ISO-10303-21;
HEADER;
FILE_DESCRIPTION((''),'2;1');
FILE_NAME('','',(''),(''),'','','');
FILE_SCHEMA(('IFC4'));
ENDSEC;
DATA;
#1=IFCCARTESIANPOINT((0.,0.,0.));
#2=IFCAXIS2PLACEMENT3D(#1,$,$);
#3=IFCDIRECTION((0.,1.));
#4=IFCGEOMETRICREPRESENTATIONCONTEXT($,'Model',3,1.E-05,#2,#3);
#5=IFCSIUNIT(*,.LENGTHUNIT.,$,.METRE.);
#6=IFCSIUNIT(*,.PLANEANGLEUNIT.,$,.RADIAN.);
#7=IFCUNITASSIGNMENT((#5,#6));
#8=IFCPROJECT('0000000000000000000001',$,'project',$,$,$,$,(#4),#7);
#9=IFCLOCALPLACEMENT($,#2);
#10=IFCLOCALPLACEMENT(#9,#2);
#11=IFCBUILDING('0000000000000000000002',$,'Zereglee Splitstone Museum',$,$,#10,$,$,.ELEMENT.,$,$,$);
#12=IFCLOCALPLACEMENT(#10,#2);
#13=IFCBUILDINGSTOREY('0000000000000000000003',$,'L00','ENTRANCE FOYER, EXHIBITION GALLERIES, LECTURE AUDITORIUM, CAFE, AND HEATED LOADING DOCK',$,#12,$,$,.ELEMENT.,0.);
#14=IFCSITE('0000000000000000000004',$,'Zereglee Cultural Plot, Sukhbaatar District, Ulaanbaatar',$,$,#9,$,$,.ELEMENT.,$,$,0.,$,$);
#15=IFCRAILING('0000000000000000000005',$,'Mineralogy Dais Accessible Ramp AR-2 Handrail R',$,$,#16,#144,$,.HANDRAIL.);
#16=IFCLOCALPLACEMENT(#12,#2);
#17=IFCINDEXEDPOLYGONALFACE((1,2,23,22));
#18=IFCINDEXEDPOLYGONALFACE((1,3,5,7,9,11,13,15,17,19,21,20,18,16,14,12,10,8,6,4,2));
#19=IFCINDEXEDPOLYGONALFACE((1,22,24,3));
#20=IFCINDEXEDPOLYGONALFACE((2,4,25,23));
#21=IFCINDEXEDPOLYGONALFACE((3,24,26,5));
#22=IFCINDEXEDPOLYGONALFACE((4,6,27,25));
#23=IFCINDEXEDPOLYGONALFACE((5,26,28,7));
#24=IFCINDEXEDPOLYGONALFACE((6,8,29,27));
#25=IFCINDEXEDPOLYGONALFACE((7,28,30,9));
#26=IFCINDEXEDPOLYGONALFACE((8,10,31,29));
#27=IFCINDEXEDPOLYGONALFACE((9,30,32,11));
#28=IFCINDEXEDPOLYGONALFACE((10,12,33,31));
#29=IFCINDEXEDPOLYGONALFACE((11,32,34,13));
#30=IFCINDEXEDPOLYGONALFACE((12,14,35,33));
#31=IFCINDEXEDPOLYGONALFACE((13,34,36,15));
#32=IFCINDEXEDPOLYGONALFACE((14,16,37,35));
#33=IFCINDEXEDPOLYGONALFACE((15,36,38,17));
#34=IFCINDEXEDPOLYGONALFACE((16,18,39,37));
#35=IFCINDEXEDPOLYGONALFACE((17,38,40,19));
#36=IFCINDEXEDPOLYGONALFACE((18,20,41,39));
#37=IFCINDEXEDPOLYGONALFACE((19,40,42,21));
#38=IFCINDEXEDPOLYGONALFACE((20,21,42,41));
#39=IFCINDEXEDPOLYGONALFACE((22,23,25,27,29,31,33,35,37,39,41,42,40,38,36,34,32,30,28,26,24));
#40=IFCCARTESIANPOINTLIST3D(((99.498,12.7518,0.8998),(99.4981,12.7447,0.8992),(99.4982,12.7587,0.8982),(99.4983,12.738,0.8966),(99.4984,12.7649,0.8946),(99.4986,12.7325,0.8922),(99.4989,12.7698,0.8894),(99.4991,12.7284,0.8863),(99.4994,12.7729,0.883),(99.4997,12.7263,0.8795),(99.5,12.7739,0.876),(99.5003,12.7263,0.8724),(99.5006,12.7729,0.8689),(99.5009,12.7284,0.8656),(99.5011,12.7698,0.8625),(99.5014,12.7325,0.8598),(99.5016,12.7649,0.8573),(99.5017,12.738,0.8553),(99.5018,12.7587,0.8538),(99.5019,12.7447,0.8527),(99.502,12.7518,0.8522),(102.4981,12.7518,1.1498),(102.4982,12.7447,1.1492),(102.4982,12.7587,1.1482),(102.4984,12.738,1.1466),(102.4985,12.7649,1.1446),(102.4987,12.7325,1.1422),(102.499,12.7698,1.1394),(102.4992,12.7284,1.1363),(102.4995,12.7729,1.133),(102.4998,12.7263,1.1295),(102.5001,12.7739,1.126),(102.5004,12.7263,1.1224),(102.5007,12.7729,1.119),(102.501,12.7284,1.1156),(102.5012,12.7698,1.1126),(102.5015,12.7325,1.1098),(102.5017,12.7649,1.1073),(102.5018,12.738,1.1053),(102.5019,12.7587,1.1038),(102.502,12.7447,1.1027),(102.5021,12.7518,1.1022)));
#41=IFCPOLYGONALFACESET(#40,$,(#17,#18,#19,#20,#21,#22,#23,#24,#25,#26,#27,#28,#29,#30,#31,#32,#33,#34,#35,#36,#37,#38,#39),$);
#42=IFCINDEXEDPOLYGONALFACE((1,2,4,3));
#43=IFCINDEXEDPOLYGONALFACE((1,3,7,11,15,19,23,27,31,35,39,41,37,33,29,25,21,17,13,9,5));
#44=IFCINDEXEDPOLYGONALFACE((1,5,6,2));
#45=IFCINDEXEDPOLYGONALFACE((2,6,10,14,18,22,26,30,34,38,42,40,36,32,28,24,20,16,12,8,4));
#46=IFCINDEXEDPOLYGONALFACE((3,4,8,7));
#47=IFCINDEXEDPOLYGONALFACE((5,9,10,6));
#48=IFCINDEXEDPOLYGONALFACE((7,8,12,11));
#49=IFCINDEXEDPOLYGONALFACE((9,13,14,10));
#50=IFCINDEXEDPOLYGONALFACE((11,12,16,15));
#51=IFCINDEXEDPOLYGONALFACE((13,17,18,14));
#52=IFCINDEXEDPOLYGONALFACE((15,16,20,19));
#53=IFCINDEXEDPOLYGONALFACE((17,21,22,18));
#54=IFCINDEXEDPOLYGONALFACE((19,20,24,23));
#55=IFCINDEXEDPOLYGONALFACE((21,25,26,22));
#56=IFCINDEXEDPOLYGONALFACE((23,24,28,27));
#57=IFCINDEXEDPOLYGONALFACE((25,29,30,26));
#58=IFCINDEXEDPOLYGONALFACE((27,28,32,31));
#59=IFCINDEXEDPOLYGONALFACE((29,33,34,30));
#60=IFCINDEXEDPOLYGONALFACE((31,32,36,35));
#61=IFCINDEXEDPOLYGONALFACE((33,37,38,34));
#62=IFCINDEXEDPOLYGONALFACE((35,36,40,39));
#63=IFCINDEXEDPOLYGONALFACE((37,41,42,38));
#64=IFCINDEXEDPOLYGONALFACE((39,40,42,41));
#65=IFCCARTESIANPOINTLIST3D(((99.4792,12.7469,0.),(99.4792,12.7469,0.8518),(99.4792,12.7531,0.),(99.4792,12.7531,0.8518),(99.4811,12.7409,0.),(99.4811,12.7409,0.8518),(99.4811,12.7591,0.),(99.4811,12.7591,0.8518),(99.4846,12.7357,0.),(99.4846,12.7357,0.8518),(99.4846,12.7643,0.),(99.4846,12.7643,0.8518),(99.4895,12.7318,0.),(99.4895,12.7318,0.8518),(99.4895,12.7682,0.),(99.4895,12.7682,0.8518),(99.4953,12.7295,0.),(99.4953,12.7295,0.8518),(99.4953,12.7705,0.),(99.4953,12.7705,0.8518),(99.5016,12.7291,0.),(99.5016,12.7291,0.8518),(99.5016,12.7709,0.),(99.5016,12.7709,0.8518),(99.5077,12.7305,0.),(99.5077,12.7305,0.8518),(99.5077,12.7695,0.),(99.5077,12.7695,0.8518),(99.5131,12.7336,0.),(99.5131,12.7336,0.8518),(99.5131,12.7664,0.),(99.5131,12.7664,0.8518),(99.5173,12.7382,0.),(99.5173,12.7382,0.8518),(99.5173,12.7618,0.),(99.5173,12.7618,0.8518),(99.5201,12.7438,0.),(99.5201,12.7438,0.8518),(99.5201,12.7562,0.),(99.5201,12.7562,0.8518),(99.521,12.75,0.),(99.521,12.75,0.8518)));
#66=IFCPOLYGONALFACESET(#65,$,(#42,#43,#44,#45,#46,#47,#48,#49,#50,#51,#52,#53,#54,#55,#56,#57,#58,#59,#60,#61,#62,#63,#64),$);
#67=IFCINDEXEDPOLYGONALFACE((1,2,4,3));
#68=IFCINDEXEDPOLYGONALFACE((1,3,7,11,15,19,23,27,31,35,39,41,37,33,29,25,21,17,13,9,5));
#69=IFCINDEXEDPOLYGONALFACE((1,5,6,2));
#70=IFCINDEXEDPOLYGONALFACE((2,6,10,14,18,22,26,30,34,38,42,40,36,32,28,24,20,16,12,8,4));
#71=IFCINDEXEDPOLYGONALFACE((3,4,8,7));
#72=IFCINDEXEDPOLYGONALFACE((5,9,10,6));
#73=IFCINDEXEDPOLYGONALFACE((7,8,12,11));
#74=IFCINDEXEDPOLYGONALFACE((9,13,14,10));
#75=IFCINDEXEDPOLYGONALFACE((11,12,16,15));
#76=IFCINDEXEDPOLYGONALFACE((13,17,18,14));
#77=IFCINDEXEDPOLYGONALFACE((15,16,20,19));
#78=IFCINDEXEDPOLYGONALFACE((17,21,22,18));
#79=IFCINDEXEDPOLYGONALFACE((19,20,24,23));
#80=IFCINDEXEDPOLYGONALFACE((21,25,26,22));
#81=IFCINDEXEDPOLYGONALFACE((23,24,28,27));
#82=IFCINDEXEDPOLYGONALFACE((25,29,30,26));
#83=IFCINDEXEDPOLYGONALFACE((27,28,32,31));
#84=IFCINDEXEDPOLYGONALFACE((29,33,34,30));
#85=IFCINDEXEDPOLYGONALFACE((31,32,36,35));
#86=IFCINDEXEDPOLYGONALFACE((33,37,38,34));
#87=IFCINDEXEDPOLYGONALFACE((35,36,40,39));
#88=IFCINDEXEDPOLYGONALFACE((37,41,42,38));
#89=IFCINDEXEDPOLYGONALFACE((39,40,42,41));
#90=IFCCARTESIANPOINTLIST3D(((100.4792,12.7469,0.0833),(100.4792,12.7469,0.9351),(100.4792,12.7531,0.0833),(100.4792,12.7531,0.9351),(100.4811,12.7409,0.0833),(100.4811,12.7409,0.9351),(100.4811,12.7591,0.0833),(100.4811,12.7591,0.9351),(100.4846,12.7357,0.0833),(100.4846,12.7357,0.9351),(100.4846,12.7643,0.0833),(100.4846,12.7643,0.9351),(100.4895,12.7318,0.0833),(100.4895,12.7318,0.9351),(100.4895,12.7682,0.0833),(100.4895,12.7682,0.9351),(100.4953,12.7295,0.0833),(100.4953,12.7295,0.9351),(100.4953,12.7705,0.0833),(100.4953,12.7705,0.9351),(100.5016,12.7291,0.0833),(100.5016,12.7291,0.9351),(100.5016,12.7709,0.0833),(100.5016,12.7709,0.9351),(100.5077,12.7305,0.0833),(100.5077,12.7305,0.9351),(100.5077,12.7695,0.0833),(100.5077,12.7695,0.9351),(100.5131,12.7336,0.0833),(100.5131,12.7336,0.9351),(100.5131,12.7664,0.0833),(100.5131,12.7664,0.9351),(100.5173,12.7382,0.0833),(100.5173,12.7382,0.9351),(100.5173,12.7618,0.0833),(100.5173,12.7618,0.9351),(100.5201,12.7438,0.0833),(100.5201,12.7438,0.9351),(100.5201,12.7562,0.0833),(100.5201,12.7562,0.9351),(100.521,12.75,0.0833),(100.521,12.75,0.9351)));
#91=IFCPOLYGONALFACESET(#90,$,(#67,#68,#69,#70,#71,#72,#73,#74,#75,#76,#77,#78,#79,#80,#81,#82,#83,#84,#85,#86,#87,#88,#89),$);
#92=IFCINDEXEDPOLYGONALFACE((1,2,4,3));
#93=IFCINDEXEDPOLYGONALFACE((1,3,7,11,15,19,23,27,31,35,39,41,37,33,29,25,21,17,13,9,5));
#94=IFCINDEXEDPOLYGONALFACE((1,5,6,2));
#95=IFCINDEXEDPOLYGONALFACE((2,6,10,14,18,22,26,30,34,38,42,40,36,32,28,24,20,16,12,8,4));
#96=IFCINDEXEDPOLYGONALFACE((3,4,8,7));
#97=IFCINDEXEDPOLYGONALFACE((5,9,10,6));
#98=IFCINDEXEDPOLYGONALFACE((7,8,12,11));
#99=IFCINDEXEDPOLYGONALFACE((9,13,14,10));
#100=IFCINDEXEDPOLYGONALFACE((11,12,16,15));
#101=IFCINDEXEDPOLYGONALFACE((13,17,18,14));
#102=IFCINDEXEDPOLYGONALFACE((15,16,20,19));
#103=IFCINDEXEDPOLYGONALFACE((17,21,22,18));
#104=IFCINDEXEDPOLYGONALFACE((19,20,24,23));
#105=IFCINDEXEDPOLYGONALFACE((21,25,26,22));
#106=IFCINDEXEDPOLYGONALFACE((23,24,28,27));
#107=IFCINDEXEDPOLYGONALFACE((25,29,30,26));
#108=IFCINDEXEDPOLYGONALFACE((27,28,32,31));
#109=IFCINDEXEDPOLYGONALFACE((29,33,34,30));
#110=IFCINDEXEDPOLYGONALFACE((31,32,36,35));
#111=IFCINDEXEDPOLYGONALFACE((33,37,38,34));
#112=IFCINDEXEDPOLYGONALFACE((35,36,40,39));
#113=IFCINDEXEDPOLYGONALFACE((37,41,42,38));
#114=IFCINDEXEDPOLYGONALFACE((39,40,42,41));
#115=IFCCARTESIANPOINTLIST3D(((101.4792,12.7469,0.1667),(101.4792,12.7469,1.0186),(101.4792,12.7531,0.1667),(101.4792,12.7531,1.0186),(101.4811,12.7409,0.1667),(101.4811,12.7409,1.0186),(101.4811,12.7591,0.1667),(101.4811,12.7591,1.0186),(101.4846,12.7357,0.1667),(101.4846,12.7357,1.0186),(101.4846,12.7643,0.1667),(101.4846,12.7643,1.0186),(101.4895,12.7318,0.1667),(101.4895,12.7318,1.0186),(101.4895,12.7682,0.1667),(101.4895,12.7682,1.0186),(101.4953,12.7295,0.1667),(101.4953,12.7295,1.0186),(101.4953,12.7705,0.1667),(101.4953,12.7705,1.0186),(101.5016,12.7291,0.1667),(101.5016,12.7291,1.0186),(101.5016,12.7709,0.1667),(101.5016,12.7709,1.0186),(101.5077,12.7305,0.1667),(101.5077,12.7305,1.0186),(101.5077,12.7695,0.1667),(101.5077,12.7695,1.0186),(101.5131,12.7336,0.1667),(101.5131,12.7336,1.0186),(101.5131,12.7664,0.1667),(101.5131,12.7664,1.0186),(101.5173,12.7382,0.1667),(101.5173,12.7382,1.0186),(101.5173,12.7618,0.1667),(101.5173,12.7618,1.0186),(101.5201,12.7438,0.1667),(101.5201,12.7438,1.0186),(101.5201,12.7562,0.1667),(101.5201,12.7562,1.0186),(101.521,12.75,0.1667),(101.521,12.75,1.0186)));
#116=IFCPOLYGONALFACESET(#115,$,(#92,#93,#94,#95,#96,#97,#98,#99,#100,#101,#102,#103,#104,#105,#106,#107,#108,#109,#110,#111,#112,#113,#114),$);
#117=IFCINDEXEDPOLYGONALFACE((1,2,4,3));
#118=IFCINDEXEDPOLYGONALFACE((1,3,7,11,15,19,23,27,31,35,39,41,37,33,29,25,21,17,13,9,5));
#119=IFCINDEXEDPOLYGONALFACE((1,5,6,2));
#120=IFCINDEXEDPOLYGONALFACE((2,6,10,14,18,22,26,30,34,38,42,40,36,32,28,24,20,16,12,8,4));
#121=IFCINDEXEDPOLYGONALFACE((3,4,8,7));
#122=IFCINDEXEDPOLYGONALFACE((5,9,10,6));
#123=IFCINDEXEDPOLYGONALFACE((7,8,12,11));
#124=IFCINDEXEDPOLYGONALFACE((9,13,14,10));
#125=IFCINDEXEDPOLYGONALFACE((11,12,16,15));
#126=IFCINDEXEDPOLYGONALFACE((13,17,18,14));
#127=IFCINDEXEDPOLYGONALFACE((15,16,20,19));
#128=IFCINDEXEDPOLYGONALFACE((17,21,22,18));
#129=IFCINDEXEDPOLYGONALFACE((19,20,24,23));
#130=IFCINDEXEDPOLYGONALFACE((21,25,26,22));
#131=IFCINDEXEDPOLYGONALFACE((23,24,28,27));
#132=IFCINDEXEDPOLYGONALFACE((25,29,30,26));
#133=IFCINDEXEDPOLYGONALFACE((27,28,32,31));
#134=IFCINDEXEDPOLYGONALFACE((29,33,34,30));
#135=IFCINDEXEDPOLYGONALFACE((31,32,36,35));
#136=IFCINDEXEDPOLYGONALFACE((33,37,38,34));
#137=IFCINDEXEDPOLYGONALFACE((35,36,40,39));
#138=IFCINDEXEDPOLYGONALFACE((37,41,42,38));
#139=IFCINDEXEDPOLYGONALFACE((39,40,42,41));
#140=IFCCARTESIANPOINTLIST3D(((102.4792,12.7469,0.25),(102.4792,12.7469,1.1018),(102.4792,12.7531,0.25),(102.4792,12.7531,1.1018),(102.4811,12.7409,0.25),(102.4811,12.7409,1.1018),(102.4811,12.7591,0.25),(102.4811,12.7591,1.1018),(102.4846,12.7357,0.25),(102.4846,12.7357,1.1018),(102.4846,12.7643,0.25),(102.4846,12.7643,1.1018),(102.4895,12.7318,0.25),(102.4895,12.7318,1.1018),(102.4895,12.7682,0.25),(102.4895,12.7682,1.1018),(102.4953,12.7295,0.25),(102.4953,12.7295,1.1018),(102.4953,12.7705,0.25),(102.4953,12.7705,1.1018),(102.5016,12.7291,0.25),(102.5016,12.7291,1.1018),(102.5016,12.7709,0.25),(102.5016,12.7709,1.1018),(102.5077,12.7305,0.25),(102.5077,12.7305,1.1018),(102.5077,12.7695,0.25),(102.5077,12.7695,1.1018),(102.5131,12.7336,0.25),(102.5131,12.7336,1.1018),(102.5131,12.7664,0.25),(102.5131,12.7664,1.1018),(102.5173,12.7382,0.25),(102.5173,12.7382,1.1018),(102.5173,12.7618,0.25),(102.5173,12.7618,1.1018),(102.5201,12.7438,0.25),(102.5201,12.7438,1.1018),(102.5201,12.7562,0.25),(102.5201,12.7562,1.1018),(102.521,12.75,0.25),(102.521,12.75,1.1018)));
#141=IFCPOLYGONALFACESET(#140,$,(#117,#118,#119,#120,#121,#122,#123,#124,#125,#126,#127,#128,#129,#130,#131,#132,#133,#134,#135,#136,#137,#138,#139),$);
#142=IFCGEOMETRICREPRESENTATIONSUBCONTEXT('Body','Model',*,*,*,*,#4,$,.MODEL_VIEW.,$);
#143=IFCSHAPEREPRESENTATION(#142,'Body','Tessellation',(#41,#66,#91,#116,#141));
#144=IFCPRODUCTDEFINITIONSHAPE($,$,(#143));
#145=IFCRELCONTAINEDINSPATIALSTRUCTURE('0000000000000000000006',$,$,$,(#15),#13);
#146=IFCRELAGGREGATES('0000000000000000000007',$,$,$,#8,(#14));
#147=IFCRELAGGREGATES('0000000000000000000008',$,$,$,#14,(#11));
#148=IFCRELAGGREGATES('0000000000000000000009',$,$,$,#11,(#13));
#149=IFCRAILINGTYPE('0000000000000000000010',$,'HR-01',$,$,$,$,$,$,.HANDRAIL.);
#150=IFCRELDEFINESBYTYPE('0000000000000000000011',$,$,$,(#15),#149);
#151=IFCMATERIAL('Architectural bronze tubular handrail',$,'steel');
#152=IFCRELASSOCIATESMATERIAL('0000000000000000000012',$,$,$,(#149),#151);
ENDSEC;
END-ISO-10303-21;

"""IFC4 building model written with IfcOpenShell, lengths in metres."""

from ifc_helpers import new_model, si_unit, direction, frame, origin, origin_2d, place, context, subcontext, project, spatial, circle, extrude, material, type_object, element, save


model = new_model("IFC4")

# Units and contexts
model_context = context("Model", 3, precision=1e-05, world=origin(), true_north=direction((0.0, 1.0)))
body_context = subcontext(model_context, "Body", "Model", "MODEL_VIEW")
ifc_project = project(units=[si_unit("LENGTHUNIT", "METRE"), si_unit("PLANEANGLEUNIT", "RADIAN")], contexts=[model_context])

# Site, building, storey
site_placement = place(None, origin())
site = spatial("IfcSite", under=ifc_project, at=site_placement, Name="Zereglee Cultural Plot, Sukhbaatar District, Ulaanbaatar", CompositionType="ELEMENT", RefElevation=0.0)
building_placement = place(site_placement, origin())
building = spatial("IfcBuilding", under=site, at=building_placement, Name="Zereglee Splitstone Museum", CompositionType="ELEMENT")
storey_placement = place(building_placement, origin())
storey = spatial("IfcBuildingStorey", under=building, at=storey_placement, Name="L00", Description="ENTRANCE FOYER, EXHIBITION GALLERIES, LECTURE AUDITORIUM, CAFE, AND HEATED LOADING DOCK", CompositionType="ELEMENT", Elevation=0.0)

# Railing
ifc_material_1 = material(Name="Architectural bronze tubular handrail", Category="steel")
railing_type = type_object("IfcRailingType", Name="HR-01", PredefinedType="HANDRAIL", material=ifc_material_1)
for number, where, name in (
    (1, (99.5, 12.75, 0.0), "Mineralogy Dais Accessible Ramp AR-2 Handrail R"),
):
    element("IfcRailing", number, at=place(storey_placement, frame(where)), inside=storey, type_object=railing_type, Name=name, PredefinedType="HANDRAIL", context=body_context, shape_type="SweptSolid", body=[
        extrude(circle(Radius=0.0239, at=origin_2d()), frame((0.0, 0.0, 0.876), z_axis=(0.996546, 0.0, 0.083045), x_axis=(0.0, 1.0, 0.0)), (0.0, 0.0, 1.0), 3.0105),
        extrude(circle(Radius=0.021, at=origin_2d()), origin(), (0.0, 0.0, 1.0), 0.8518),
        extrude(circle(Radius=0.021, at=origin_2d()), frame((1.0, 0.0, 0.0833)), (0.0, 0.0, 1.0), 0.8518),
        extrude(circle(Radius=0.021, at=origin_2d()), frame((2.0, 0.0, 0.1667)), (0.0, 0.0, 1.0), 0.8518),
        extrude(circle(Radius=0.021, at=origin_2d()), frame((3.0, 0.0, 0.25)), (0.0, 0.0, 1.0), 0.8518),
    ])

save(model, "model.ifc")
